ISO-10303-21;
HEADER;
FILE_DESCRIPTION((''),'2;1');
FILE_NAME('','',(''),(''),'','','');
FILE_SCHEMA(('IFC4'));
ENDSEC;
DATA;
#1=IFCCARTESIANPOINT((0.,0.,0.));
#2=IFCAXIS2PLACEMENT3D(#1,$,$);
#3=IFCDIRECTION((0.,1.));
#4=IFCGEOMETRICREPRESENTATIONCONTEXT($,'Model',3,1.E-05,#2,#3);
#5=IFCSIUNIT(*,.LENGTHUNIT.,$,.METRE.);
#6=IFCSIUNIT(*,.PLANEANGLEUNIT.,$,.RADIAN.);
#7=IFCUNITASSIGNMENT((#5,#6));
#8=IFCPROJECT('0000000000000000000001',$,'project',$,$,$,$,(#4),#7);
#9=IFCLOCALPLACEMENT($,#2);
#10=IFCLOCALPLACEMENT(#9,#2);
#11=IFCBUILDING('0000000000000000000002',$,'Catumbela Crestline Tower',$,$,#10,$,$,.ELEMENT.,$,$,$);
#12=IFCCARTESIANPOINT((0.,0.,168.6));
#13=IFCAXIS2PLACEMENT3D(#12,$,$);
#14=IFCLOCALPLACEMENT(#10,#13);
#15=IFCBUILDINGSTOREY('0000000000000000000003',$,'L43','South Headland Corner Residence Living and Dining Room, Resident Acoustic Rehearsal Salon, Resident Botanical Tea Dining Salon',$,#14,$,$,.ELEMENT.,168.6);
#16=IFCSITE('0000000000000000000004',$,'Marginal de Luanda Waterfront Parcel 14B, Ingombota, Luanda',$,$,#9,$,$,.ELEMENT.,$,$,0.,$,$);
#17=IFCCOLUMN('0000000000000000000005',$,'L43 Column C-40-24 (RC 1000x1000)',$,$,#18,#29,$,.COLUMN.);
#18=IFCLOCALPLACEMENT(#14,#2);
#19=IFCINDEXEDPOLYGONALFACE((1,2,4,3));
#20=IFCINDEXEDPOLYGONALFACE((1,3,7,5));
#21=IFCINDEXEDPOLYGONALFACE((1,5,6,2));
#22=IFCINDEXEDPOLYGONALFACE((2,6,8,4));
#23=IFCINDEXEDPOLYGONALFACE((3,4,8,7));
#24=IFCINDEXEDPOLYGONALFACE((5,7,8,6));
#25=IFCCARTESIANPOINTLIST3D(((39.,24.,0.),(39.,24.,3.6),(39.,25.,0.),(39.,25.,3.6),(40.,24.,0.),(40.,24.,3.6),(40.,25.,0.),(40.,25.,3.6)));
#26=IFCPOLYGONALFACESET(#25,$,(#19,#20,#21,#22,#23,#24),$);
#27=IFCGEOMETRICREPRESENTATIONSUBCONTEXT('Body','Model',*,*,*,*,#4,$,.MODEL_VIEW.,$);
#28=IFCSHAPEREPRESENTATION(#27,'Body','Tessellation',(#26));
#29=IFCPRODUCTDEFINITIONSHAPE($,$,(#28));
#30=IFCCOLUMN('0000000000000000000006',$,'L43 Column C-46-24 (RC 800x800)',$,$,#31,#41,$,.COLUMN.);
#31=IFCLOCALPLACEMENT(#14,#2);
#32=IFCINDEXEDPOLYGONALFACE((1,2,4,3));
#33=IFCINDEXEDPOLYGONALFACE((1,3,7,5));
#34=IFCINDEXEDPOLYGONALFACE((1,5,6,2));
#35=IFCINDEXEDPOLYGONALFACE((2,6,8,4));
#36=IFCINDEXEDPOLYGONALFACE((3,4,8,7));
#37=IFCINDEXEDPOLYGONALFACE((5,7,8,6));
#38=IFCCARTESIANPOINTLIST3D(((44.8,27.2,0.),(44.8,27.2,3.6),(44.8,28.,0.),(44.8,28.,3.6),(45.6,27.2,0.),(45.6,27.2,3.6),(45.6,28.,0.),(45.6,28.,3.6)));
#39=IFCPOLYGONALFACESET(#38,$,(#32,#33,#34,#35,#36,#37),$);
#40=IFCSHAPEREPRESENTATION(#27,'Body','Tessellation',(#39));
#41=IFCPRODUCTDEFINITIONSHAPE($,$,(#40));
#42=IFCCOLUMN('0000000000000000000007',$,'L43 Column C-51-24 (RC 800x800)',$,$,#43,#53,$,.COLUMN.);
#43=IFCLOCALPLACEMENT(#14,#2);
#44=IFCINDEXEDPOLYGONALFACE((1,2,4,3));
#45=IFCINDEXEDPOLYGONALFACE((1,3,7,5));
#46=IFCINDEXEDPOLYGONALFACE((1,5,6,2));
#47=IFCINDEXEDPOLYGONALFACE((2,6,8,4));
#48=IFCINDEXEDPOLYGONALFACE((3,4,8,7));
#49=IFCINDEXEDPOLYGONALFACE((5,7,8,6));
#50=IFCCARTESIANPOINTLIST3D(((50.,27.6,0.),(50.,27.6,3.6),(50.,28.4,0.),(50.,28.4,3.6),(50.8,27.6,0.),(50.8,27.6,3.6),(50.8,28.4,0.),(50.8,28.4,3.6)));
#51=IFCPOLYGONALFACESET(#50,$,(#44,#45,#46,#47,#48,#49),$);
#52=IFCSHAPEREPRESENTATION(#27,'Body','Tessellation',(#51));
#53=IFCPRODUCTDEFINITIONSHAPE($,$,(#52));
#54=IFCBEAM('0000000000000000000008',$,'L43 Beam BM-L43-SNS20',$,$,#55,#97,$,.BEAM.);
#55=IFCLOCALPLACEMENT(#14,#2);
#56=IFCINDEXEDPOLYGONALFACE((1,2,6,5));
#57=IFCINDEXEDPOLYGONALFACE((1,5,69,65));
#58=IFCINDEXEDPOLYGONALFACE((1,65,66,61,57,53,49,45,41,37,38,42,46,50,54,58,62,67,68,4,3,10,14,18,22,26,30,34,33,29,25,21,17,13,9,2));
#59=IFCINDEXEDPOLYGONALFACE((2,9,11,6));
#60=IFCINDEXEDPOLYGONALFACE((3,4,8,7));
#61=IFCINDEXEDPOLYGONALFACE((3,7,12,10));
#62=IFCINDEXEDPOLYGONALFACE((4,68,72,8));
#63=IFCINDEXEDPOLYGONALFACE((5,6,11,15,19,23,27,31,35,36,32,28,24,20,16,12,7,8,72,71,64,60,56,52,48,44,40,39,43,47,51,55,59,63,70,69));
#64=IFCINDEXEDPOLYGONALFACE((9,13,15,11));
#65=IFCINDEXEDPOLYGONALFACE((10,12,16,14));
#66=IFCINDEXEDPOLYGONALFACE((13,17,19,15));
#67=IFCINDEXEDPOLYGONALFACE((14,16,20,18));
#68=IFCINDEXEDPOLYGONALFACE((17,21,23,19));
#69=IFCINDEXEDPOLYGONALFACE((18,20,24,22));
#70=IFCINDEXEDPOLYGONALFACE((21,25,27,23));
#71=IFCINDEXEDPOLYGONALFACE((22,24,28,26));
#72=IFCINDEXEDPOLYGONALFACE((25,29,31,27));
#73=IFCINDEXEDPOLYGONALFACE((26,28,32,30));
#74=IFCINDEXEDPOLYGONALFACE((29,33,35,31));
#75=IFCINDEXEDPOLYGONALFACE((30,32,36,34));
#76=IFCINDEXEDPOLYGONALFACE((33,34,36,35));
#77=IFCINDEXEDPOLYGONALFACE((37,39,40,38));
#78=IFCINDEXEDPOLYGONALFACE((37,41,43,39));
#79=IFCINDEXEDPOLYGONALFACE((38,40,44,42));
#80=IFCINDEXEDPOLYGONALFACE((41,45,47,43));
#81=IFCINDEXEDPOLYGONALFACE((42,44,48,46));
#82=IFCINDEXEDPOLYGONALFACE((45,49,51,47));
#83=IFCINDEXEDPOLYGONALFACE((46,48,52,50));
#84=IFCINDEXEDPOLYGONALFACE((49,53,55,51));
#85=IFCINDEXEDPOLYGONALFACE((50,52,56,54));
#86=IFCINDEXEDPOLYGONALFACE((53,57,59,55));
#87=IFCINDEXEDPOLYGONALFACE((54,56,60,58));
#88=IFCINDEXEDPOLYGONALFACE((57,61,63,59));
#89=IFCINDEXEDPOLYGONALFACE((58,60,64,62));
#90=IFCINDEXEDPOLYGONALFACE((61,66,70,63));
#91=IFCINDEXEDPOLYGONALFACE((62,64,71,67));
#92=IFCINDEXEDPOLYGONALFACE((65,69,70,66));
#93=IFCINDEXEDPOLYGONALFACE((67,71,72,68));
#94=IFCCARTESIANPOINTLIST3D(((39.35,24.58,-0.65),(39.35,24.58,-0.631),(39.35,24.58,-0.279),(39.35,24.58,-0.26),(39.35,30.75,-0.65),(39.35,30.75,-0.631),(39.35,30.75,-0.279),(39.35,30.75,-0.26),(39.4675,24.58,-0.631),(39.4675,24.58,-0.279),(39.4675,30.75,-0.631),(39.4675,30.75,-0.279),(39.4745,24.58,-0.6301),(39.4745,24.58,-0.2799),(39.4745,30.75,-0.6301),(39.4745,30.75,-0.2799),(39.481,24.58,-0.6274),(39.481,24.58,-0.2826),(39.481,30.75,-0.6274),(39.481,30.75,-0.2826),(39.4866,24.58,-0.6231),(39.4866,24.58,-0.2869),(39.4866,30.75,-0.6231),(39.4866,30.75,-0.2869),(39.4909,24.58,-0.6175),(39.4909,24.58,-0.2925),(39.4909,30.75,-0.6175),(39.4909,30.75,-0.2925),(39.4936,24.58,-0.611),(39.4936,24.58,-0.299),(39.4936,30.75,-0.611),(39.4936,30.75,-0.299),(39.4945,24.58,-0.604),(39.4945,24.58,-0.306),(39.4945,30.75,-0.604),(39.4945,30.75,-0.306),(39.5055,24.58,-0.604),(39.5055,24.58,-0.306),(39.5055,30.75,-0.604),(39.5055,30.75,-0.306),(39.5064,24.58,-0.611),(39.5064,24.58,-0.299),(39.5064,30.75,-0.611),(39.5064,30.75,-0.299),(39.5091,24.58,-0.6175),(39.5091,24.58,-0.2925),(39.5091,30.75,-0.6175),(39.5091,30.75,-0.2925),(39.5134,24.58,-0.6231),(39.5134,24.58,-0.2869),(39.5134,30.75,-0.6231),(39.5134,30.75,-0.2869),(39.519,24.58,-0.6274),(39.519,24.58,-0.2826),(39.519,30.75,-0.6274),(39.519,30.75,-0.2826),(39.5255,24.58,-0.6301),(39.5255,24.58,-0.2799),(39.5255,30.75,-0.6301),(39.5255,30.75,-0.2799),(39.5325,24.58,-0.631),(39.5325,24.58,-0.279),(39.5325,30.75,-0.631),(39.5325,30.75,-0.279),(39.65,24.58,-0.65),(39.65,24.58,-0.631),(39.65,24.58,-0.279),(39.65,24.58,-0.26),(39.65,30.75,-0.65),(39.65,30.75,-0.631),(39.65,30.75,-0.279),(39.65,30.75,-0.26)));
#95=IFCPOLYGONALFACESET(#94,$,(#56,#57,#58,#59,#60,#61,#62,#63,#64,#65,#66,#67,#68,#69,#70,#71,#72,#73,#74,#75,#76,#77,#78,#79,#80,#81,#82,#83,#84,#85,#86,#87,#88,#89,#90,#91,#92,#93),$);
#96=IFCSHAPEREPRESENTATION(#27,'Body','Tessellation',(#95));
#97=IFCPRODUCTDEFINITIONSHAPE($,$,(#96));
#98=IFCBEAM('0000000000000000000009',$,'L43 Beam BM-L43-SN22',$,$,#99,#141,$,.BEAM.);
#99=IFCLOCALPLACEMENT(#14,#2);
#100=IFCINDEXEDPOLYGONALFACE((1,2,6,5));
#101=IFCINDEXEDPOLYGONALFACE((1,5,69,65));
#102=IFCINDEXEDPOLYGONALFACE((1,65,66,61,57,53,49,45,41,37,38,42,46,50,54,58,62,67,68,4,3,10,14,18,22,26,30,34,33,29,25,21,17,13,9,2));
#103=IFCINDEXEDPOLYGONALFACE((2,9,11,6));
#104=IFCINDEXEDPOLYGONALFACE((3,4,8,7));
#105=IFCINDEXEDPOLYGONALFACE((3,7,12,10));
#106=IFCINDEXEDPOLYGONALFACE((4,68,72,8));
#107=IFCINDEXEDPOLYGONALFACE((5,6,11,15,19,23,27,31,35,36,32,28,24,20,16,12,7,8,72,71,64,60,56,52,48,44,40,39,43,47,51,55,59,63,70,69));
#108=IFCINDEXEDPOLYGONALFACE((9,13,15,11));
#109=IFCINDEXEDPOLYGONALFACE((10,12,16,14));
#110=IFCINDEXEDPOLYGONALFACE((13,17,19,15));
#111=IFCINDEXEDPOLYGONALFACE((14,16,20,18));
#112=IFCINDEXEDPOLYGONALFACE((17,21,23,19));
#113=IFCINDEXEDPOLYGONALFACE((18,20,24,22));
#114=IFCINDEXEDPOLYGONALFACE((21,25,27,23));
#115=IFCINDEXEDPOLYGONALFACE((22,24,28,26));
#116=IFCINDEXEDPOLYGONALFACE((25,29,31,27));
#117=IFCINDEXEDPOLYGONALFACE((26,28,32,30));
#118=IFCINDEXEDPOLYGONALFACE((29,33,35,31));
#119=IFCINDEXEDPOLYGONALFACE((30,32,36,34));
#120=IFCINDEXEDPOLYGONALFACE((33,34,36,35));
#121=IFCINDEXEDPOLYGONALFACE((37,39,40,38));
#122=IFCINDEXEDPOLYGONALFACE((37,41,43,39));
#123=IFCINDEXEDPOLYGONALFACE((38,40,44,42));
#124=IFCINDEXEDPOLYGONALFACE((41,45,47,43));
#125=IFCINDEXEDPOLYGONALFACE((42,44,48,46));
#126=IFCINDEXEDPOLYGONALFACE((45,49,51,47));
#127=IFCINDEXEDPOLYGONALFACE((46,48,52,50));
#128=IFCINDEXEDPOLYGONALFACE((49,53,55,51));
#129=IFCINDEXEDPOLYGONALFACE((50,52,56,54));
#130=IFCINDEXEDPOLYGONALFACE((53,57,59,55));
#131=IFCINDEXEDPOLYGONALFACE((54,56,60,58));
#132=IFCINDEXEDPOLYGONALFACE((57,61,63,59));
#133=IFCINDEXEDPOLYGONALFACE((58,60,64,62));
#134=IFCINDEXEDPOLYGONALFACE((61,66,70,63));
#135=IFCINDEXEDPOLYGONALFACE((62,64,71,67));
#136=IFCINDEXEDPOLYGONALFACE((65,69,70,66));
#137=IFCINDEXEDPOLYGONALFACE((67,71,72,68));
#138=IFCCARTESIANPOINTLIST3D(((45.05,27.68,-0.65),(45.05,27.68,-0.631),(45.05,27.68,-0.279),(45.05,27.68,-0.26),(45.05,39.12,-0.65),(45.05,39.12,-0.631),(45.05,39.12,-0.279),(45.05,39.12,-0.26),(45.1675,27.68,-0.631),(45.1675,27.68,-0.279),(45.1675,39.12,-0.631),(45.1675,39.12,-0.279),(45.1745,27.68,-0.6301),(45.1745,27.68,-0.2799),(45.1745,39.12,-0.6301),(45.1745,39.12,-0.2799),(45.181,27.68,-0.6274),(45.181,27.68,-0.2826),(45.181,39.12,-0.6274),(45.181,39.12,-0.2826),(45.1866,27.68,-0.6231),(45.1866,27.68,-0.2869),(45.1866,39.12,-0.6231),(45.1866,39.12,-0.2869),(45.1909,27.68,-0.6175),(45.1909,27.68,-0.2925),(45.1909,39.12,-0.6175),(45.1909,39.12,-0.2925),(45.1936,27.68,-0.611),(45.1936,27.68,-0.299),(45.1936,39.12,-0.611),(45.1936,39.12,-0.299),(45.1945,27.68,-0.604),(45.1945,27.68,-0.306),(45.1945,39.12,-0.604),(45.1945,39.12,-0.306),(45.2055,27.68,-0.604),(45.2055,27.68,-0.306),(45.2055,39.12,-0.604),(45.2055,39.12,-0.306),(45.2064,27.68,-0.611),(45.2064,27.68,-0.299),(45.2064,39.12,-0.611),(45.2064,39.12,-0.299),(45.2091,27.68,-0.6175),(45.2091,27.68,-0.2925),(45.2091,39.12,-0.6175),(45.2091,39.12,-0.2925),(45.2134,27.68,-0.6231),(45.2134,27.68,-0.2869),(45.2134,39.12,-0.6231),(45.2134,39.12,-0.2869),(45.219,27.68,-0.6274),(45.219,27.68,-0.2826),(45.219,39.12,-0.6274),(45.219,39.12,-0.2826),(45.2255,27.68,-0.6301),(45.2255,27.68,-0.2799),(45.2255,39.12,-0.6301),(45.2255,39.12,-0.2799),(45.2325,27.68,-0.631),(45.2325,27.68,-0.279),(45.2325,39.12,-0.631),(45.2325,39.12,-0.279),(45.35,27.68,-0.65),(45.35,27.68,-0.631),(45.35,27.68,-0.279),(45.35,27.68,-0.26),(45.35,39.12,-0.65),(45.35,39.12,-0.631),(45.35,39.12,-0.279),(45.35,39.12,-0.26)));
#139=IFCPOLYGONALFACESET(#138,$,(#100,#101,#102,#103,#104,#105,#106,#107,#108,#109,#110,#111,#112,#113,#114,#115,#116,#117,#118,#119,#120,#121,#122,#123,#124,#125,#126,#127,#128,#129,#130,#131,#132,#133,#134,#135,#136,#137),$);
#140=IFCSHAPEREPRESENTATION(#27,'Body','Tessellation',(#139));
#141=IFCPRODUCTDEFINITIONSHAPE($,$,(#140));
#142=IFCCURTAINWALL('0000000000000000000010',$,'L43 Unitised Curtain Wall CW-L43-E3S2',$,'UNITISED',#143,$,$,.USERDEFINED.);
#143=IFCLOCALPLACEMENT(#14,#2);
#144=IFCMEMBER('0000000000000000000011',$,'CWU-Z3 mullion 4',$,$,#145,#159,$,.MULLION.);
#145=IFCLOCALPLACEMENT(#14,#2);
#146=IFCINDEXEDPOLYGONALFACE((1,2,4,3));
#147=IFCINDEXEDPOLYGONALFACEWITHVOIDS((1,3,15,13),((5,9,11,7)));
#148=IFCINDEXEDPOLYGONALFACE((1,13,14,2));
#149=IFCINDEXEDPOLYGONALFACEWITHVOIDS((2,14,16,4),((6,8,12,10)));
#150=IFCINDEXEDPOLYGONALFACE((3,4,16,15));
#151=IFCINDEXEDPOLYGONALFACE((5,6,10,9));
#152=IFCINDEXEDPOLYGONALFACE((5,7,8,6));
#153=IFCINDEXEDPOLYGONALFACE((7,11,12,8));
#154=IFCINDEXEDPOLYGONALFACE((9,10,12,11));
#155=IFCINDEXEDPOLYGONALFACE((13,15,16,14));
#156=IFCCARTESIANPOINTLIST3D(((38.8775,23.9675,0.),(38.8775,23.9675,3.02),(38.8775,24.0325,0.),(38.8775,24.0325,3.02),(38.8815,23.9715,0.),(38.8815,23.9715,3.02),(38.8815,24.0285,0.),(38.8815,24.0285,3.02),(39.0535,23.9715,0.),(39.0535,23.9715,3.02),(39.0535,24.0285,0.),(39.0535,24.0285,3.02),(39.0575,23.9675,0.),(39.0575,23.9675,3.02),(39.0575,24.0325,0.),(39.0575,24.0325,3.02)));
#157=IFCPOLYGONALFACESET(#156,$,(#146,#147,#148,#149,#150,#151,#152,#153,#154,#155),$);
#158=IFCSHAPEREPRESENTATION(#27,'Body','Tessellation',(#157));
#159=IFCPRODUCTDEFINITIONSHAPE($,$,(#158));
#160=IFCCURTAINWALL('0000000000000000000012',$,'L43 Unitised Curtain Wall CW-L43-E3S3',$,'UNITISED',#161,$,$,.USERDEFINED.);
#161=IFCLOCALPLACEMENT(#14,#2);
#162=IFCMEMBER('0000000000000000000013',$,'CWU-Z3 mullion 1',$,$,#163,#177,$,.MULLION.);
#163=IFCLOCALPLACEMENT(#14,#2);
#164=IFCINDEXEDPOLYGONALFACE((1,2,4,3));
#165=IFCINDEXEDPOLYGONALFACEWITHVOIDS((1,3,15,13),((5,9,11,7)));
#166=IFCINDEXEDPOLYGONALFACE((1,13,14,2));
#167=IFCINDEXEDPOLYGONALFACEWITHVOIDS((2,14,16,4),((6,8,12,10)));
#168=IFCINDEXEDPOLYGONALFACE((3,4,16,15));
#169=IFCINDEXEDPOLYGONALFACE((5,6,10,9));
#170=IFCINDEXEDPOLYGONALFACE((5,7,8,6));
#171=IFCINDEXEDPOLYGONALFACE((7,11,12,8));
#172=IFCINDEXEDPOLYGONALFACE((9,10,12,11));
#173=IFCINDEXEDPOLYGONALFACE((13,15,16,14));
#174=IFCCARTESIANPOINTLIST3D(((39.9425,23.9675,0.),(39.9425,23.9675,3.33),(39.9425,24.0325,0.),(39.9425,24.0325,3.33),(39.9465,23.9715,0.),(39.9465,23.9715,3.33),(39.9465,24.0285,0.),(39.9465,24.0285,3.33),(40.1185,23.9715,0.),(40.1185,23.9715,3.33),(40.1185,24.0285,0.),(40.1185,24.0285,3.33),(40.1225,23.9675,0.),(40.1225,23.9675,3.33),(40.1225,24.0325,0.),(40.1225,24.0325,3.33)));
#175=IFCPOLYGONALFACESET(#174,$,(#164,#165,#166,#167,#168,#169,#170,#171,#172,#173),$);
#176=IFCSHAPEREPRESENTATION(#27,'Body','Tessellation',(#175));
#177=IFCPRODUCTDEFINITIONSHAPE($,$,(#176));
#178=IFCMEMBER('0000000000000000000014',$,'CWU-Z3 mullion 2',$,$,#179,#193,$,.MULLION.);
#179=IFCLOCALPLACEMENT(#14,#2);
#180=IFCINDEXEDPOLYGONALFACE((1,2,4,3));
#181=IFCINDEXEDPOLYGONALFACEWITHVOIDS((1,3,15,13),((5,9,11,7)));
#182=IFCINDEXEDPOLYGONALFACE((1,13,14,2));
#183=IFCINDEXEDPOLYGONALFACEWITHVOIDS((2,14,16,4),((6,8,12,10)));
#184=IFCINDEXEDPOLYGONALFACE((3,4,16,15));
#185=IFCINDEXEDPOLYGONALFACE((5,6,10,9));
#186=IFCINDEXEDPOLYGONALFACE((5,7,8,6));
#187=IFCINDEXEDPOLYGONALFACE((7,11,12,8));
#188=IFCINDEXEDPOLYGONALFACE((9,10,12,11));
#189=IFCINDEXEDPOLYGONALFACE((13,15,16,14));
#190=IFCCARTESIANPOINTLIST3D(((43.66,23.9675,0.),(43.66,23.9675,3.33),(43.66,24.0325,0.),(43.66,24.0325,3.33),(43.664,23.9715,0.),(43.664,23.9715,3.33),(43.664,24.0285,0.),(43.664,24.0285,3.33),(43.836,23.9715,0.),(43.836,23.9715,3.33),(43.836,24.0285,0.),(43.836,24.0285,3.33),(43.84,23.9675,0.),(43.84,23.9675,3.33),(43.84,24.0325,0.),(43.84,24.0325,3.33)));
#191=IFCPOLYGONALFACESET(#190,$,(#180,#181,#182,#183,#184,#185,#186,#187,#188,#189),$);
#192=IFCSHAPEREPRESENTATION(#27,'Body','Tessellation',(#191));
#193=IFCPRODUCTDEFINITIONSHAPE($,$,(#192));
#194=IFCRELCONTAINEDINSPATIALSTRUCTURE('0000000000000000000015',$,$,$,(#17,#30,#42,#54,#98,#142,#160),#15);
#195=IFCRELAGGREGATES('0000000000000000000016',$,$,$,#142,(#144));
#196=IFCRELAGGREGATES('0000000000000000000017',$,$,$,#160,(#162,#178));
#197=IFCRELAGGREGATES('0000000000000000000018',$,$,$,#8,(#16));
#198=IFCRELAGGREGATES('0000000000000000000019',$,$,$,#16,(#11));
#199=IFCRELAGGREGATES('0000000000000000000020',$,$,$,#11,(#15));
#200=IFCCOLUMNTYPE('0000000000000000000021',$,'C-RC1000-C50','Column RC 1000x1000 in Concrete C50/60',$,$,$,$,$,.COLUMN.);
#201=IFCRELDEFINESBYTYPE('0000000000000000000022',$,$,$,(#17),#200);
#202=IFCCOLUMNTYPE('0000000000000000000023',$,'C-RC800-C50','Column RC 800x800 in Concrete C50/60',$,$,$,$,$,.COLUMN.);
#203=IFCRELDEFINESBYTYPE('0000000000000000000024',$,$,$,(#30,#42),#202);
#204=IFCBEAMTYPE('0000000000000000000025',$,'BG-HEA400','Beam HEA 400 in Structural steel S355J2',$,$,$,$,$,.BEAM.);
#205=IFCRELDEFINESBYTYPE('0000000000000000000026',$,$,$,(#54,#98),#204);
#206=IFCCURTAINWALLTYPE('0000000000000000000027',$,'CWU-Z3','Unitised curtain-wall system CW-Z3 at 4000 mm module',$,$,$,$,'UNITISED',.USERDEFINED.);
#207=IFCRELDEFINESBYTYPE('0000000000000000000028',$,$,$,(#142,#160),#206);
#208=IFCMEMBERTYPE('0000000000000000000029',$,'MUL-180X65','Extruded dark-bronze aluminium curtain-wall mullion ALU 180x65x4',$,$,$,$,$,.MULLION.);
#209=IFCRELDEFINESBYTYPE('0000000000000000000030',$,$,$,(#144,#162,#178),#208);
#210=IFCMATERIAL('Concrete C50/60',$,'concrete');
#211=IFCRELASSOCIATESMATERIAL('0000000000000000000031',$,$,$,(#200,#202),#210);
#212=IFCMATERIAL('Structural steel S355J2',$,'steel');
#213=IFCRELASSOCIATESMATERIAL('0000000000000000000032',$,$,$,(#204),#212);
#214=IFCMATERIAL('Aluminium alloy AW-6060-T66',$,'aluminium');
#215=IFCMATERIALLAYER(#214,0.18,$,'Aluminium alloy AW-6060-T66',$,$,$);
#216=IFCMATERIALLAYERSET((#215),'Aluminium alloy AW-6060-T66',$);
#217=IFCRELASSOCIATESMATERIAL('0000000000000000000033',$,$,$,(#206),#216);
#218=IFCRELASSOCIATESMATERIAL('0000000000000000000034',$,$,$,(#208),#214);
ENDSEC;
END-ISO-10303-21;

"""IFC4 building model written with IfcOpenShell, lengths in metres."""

from ifc_helpers import new_model, si_unit, direction, frame, origin, origin_2d, place, context, subcontext, project, spatial, rectangle, hollow_rectangle, i_section, extrude, material, layer, layer_set, material_profile, profile_set, type_object, element, aggregate, save


model = new_model("IFC4")

# Units and contexts
model_context = context("Model", 3, precision=1e-05, world=origin(), true_north=direction((0.0, 1.0)))
body_context = subcontext(model_context, "Body", "Model", "MODEL_VIEW")
ifc_project = project(units=[si_unit("LENGTHUNIT", "METRE"), si_unit("PLANEANGLEUNIT", "RADIAN")], contexts=[model_context])

# Site, building, storey
site_placement = place(None, origin())
site = spatial("IfcSite", under=ifc_project, at=site_placement, Name="Marginal de Luanda Waterfront Parcel 14B, Ingombota, Luanda", CompositionType="ELEMENT", RefElevation=0.0)
building_placement = place(site_placement, origin())
building = spatial("IfcBuilding", under=site, at=building_placement, Name="Catumbela Crestline Tower", CompositionType="ELEMENT")
storey_placement = place(building_placement, frame((0.0, 0.0, 168.6)))
storey = spatial("IfcBuildingStorey", under=building, at=storey_placement, Name="L43", Description="South Headland Corner Residence Living and Dining Room, Resident Acoustic Rehearsal Salon, Resident Botanical Tea Dining Salon", CompositionType="ELEMENT", Elevation=168.6)

# Columns
ifc_material_1 = material(Name="Concrete C50/60", Category="concrete")
ifc_material_profile_1 = material_profile(ifc_material_1, rectangle(XDim=1.0, YDim=1.0, at=origin_2d()), Name="RC 1000x1000")
ifc_profile_set_1 = profile_set([ifc_material_profile_1], Name="Concrete C50/60")
column_type_1 = type_object("IfcColumnType", Name="C-RC1000-C50", Description="Column RC 1000x1000 in Concrete C50/60", PredefinedType="COLUMN", material=ifc_profile_set_1)
column_placement = place(storey_placement, frame((39.5, 24.5, 0.0), z_axis=(0.0, 0.0, 1.0), x_axis=(1.0, 0.0, 0.0)))
element("IfcColumn", 1, at=column_placement, inside=storey, type_object=column_type_1, Name="L43 Column C-40-24 (RC 1000x1000)", PredefinedType="COLUMN", context=body_context, shape_type="SweptSolid", body=[
    extrude(rectangle(XDim=1.0, YDim=1.0, at=origin_2d()), origin(), (0.0, 0.0, 1.0), 3.6),
])
ifc_material_profile_2 = material_profile(ifc_material_1, rectangle(XDim=0.8, YDim=0.8, at=origin_2d()), Name="RC 800x800")
ifc_profile_set_2 = profile_set([ifc_material_profile_2], Name="Concrete C50/60")
column_type_2 = type_object("IfcColumnType", Name="C-RC800-C50", Description="Column RC 800x800 in Concrete C50/60", PredefinedType="COLUMN", material=ifc_profile_set_2)
for number, where, z_axis, x_axis, name in (
    (2, (45.2, 27.6, 0.0), (0.0, 0.0, 1.0), (1.0, 0.0, 0.0), "L43 Column C-46-24 (RC 800x800)"),
    (3, (50.4, 28.0, 0.0), (0.0, 0.0, 1.0), (1.0, 0.0, 0.0), "L43 Column C-51-24 (RC 800x800)"),
):
    element("IfcColumn", number, at=place(storey_placement, frame(where, z_axis=z_axis, x_axis=x_axis)), inside=storey, type_object=column_type_2, Name=name, PredefinedType="COLUMN", context=body_context, shape_type="SweptSolid", body=[
        extrude(rectangle(XDim=0.8, YDim=0.8, at=origin_2d()), origin(), (0.0, 0.0, 1.0), 3.6),
    ])

# Beams
ifc_material_2 = material(Name="Structural steel S355J2", Category="steel")
ifc_material_profile_3 = material_profile(ifc_material_2, i_section(OverallWidth=0.3, OverallDepth=0.39, WebThickness=0.011, FlangeThickness=0.019, FilletRadius=0.027, at=origin_2d()), Name="HEA 400")
ifc_profile_set_3 = profile_set([ifc_material_profile_3], Name="Structural steel S355J2")
beam_type = type_object("IfcBeamType", Name="BG-HEA400", Description="Beam HEA 400 in Structural steel S355J2", PredefinedType="BEAM", material=ifc_profile_set_3)
beam_1_placement = place(storey_placement, frame((39.5, 24.58, -0.455), z_axis=(0.0, 1.0, 0.0), x_axis=(-1.0, 0.0, 0.0)))
element("IfcBeam", 4, at=beam_1_placement, inside=storey, type_object=beam_type, Name="L43 Beam BM-L43-SNS20", PredefinedType="BEAM", context=body_context, shape_type="SweptSolid", body=[
    extrude(i_section(OverallWidth=0.3, OverallDepth=0.39, WebThickness=0.011, FlangeThickness=0.019, FilletRadius=0.027, at=origin_2d()), origin(), (0.0, 0.0, 1.0), 6.17),
])
beam_2_placement = place(storey_placement, frame((45.2, 27.68, -0.455), z_axis=(0.0, 1.0, 0.0), x_axis=(-1.0, 0.0, 0.0)))
element("IfcBeam", 5, at=beam_2_placement, inside=storey, type_object=beam_type, Name="L43 Beam BM-L43-SN22", PredefinedType="BEAM", context=body_context, shape_type="SweptSolid", body=[
    extrude(i_section(OverallWidth=0.3, OverallDepth=0.39, WebThickness=0.011, FlangeThickness=0.019, FilletRadius=0.027, at=origin_2d()), origin(), (0.0, 0.0, 1.0), 11.44),
])

# Curtain wall, member
ifc_material_3 = material(Name="Aluminium alloy AW-6060-T66", Category="aluminium")
ifc_layer_1 = layer(ifc_material_3, 0.18, Name="Aluminium alloy AW-6060-T66")
ifc_layer_set_1 = layer_set([ifc_layer_1], Name="Aluminium alloy AW-6060-T66")
curtain_wall_type = type_object("IfcCurtainWallType", Name="CWU-Z3", Description="Unitised curtain-wall system CW-Z3 at 4000 mm module", ElementType="UNITISED", PredefinedType="USERDEFINED", material=ifc_layer_set_1)
curtain_wall_1_placement = place(storey_placement, origin())
curtain_wall_1 = element("IfcCurtainWall", 6, at=curtain_wall_1_placement, inside=storey, type_object=curtain_wall_type, Name="L43 Unitised Curtain Wall CW-L43-E3S2", ObjectType="UNITISED", PredefinedType="USERDEFINED")
ifc_material_profile_4 = material_profile(ifc_material_3, hollow_rectangle(XDim=0.065, YDim=0.18, WallThickness=0.004, at=origin_2d()), Name="ALU 180x65x4")
ifc_profile_set_4 = profile_set([ifc_material_profile_4], Name="Aluminium alloy AW-6060-T66")
member_type_1 = type_object("IfcMemberType", Name="MUL-180X65", Description="Extruded dark-bronze aluminium curtain-wall mullion ALU 180x65x4", PredefinedType="MULLION", material=ifc_profile_set_4)
member_1_placement = place(storey_placement, frame((38.9675, 24.0, 0.0), z_axis=(0.0, 0.0, 1.0), x_axis=(0.0, 1.0, 0.0)))
member_1 = element("IfcMember", 7, at=member_1_placement, type_object=member_type_1, Name="CWU-Z3 mullion 4", PredefinedType="MULLION", context=body_context, shape_type="SweptSolid", body=[
    extrude(hollow_rectangle(XDim=0.065, YDim=0.18, WallThickness=0.004, at=origin_2d()), origin(), (0.0, 0.0, 1.0), 3.02),
])

# Curtain wall, members
curtain_wall_2_placement = place(storey_placement, origin())
curtain_wall_2 = element("IfcCurtainWall", 8, at=curtain_wall_2_placement, inside=storey, type_object=curtain_wall_type, Name="L43 Unitised Curtain Wall CW-L43-E3S3", ObjectType="UNITISED", PredefinedType="USERDEFINED")
member_2_placement = place(storey_placement, frame((40.0325, 24.0, 0.0), z_axis=(0.0, 0.0, 1.0), x_axis=(0.0, 1.0, 0.0)))
member_2 = element("IfcMember", 9, at=member_2_placement, type_object=member_type_1, Name="CWU-Z3 mullion 1", PredefinedType="MULLION", context=body_context, shape_type="SweptSolid", body=[
    extrude(hollow_rectangle(XDim=0.065, YDim=0.18, WallThickness=0.004, at=origin_2d()), origin(), (0.0, 0.0, 1.0), 3.33),
])
member_3_placement = place(storey_placement, frame((43.75, 24.0, 0.0), z_axis=(0.0, 0.0, 1.0), x_axis=(0.0, 1.0, 0.0)))
member_3 = element("IfcMember", 10, at=member_3_placement, type_object=member_type_1, Name="CWU-Z3 mullion 2", PredefinedType="MULLION", context=body_context, shape_type="SweptSolid", body=[
    extrude(hollow_rectangle(XDim=0.065, YDim=0.18, WallThickness=0.004, at=origin_2d()), origin(), (0.0, 0.0, 1.0), 3.33),
])

aggregate(curtain_wall_1, [member_1])
aggregate(curtain_wall_2, [member_2, member_3])

save(model, "model.ifc")
